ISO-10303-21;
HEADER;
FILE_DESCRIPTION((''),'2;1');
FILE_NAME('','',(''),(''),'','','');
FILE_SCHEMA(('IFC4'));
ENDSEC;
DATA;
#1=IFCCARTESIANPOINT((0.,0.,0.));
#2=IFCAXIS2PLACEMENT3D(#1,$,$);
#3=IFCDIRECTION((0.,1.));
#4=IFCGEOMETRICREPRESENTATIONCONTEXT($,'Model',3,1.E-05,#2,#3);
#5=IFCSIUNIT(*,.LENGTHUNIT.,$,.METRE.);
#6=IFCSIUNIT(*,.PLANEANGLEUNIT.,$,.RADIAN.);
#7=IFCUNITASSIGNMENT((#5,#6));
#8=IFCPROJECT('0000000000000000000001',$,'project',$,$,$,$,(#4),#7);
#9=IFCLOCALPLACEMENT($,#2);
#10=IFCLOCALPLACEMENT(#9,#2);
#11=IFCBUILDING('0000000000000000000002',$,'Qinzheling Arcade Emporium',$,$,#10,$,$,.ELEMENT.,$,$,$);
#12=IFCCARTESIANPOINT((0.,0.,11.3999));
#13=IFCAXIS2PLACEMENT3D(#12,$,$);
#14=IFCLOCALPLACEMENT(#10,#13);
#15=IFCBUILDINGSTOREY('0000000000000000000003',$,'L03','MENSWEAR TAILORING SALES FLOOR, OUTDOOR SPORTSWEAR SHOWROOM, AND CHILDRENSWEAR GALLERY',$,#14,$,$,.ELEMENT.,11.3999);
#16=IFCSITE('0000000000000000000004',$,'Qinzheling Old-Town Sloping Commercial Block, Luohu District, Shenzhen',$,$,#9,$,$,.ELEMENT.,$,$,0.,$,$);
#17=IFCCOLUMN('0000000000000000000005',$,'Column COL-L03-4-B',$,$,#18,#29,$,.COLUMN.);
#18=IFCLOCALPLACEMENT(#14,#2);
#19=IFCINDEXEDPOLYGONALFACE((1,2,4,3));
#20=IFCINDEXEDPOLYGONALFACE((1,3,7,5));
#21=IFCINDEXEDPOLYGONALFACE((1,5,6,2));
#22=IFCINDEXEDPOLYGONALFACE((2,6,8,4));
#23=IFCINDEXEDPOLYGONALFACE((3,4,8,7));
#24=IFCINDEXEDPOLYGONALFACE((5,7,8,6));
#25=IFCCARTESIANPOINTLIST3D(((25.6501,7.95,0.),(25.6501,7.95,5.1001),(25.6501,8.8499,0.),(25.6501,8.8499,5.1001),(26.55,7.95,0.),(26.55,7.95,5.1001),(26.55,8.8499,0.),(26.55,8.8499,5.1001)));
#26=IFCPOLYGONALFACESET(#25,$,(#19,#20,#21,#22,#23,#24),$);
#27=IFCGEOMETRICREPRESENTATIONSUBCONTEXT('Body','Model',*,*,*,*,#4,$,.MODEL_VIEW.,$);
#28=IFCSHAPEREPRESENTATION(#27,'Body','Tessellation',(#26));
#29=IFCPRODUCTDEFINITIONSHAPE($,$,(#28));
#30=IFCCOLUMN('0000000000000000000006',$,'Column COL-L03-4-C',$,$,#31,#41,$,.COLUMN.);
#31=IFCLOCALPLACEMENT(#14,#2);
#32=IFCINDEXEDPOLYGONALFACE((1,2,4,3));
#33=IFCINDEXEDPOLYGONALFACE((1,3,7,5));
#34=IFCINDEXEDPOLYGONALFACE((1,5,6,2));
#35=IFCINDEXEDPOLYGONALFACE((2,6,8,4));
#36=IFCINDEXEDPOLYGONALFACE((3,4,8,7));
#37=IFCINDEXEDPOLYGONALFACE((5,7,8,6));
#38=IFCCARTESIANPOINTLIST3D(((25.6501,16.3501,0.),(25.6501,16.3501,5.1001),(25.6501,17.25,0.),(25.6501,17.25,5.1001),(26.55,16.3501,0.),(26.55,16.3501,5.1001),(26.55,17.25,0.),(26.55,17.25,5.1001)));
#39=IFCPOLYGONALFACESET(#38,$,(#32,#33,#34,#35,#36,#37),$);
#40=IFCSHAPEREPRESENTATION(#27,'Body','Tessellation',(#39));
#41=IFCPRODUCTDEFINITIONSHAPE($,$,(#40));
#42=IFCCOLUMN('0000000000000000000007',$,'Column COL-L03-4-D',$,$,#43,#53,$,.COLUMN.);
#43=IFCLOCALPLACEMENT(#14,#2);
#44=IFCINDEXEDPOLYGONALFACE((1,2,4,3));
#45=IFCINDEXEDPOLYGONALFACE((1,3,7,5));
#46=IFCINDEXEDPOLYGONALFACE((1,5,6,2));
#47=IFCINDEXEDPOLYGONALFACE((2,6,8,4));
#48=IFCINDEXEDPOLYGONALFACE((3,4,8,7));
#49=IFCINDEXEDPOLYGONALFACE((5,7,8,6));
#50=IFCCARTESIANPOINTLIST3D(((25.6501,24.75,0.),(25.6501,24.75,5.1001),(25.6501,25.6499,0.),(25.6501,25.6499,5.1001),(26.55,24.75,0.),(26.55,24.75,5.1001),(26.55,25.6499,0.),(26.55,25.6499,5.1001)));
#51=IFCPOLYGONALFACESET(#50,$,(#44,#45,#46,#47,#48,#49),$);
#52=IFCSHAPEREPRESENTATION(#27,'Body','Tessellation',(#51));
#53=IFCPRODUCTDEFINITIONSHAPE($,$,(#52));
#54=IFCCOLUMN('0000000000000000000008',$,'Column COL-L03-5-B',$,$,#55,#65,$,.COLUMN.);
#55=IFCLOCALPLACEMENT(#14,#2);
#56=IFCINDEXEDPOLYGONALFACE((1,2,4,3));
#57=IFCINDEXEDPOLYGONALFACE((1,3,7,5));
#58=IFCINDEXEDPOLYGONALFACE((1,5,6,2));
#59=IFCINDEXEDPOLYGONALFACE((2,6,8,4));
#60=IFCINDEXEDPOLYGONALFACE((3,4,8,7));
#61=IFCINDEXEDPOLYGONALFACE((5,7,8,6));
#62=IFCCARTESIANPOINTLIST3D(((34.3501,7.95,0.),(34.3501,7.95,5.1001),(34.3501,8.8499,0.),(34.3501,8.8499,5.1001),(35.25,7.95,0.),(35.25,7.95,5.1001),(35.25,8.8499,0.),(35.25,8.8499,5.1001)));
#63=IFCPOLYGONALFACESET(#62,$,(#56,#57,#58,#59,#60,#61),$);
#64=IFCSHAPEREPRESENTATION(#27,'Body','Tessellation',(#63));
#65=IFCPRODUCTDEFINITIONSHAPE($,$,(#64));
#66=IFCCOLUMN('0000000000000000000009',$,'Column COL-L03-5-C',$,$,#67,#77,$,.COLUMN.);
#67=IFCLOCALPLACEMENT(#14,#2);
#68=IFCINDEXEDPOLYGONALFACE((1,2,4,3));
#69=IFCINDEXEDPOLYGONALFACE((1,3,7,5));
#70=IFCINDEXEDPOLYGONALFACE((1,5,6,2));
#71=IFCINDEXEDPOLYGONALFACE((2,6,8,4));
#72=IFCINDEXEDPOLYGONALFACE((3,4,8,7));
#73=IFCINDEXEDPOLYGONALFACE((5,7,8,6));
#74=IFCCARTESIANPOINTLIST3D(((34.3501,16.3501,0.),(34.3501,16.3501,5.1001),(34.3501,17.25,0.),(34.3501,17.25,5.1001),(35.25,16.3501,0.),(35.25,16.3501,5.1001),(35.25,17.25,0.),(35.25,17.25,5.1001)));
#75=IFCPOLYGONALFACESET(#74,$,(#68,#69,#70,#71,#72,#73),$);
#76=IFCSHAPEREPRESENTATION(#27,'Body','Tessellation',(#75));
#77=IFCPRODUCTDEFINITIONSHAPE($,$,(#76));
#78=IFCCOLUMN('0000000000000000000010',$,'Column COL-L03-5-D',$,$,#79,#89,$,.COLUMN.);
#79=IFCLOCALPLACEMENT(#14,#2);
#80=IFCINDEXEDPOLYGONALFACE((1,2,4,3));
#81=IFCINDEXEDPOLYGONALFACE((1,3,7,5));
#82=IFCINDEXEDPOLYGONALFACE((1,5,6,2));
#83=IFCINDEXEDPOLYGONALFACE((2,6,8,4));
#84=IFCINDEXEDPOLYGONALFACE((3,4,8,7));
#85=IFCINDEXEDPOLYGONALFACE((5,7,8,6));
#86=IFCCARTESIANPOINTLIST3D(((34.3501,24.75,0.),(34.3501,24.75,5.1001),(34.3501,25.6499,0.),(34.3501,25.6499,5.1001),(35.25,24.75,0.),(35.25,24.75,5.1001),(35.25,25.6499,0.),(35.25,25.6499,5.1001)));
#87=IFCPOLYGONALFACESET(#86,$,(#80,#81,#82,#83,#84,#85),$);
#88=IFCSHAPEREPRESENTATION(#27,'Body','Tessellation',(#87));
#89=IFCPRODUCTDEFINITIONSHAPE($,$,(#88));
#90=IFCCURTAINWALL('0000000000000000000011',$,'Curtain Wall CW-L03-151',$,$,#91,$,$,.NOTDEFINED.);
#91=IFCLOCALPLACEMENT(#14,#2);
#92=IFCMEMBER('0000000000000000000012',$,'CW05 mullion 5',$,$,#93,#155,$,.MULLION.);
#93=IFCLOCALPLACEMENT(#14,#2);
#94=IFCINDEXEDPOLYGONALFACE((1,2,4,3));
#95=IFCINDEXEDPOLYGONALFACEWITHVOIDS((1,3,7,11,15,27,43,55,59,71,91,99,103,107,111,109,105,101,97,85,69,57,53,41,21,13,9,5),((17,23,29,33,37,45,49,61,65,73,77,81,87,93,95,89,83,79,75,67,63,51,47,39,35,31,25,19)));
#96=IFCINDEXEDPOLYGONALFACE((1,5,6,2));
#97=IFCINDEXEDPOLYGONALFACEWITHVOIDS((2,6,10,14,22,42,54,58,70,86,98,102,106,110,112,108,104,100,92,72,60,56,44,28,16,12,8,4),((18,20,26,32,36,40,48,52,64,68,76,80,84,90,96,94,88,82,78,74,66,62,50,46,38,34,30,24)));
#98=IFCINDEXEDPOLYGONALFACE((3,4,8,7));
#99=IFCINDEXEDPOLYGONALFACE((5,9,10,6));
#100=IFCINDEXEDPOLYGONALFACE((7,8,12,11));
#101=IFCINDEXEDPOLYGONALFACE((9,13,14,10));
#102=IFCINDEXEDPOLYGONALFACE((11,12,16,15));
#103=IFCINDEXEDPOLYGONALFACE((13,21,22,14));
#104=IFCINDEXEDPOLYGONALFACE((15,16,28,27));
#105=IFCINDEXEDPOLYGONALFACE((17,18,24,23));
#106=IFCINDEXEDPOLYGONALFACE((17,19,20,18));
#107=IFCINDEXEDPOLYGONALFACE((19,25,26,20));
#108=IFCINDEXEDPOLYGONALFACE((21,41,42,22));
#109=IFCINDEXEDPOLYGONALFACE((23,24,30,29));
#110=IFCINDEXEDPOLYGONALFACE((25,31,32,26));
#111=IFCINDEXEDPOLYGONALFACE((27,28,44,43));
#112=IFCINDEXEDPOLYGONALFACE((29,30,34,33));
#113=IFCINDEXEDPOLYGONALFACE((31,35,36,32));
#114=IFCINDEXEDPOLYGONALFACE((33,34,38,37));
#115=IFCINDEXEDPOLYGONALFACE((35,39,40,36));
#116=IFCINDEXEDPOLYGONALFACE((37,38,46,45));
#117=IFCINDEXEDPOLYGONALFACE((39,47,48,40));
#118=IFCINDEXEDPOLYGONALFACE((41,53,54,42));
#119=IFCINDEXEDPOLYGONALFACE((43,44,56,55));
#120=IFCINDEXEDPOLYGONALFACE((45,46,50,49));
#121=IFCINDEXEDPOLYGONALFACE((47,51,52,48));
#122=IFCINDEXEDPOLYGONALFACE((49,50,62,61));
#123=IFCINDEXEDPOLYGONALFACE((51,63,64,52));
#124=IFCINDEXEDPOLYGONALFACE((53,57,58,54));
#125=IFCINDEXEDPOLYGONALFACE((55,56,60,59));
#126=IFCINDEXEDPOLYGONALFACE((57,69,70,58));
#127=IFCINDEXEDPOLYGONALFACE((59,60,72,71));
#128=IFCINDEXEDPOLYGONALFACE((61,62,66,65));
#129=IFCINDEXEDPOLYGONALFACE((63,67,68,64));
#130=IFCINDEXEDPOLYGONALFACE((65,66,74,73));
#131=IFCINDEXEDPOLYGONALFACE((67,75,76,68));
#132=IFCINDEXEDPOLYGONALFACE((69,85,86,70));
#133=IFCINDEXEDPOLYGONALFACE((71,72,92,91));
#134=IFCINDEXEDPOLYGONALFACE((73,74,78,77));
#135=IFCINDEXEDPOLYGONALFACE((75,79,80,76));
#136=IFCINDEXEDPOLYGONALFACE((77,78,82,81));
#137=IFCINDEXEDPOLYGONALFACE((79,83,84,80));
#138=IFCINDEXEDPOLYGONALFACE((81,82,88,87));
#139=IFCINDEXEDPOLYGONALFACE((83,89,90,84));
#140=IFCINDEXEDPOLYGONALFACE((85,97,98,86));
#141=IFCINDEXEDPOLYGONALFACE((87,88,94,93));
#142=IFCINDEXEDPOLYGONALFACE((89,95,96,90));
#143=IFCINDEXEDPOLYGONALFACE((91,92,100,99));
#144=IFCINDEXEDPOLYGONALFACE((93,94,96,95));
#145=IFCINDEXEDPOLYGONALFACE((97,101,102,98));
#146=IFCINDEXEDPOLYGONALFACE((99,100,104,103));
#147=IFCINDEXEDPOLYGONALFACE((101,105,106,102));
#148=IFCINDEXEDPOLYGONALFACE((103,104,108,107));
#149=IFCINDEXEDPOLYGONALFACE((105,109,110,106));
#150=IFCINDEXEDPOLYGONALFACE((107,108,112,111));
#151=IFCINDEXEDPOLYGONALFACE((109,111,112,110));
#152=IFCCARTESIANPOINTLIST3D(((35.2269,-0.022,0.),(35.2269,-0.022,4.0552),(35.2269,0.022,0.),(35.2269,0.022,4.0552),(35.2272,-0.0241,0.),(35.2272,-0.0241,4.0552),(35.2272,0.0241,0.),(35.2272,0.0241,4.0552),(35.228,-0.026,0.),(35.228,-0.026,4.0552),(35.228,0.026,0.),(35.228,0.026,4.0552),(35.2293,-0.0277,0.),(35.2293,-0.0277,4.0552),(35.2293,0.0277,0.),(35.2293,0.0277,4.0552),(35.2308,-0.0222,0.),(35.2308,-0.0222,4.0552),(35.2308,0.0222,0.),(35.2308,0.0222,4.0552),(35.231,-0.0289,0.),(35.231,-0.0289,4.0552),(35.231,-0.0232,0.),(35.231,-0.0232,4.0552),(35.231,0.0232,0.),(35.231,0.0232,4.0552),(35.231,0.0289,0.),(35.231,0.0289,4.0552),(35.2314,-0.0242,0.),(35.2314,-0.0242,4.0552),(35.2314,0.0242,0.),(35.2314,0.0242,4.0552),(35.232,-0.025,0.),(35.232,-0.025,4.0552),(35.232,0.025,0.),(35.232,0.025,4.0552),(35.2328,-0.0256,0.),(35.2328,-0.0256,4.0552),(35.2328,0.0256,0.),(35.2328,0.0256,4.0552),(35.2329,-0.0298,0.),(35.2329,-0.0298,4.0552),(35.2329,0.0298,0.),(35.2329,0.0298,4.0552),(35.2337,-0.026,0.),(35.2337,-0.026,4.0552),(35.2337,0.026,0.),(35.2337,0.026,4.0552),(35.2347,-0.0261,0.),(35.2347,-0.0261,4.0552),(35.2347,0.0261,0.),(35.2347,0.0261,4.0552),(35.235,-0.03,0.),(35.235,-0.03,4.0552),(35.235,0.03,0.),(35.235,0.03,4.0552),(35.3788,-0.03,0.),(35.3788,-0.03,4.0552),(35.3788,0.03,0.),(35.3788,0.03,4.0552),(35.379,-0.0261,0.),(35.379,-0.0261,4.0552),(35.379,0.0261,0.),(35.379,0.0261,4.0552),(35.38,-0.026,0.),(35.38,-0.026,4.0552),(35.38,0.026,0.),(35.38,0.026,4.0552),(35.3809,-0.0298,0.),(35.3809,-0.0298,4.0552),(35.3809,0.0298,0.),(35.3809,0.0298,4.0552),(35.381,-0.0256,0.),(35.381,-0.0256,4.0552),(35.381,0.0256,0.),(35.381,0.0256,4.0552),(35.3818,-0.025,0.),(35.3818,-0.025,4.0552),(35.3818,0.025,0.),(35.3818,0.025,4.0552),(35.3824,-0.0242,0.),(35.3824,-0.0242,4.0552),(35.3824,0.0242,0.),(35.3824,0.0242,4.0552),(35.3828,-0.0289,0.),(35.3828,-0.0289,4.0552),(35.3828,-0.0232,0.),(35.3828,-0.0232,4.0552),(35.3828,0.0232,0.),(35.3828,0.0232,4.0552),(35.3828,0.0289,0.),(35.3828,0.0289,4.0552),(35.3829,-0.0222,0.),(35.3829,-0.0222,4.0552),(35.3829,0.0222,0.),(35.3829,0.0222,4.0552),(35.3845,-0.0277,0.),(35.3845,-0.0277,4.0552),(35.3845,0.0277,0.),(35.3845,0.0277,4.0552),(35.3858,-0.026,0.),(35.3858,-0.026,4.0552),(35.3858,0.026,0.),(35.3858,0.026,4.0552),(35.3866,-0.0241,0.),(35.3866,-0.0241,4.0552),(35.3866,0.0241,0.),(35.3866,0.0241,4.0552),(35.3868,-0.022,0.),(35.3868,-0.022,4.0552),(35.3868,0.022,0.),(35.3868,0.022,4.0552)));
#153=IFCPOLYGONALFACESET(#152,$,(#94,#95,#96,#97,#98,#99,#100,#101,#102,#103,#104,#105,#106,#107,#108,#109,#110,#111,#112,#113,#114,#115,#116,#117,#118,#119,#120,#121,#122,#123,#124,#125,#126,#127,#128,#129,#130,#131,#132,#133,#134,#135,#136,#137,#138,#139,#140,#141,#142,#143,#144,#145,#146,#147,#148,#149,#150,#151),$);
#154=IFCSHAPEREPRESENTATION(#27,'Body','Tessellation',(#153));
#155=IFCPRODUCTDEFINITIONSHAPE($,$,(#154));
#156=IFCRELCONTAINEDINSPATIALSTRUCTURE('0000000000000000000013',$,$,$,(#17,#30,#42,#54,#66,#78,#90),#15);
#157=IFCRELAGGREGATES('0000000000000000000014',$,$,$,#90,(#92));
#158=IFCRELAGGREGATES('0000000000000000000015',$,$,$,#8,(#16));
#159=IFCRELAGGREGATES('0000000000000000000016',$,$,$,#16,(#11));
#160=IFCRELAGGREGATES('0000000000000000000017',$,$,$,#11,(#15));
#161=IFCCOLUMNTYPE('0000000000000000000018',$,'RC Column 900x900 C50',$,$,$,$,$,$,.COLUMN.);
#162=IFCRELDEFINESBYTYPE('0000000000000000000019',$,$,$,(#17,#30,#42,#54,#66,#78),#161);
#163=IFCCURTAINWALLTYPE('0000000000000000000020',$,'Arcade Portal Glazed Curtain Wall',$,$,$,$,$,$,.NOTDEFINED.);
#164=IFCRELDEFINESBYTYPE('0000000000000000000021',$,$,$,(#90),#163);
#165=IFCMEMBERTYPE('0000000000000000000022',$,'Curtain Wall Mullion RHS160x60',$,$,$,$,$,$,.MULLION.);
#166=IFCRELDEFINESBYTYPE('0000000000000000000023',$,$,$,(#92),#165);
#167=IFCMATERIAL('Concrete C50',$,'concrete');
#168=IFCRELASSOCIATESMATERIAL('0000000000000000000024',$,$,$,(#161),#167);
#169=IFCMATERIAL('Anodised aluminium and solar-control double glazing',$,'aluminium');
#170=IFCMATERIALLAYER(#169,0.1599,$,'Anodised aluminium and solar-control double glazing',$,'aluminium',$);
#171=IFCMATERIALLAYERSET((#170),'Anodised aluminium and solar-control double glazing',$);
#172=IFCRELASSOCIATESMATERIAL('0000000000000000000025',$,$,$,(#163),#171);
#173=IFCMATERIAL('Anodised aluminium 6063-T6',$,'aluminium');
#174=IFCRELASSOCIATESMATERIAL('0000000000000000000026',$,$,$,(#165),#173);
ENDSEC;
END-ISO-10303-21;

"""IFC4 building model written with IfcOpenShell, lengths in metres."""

from ifc_helpers import new_model, si_unit, direction, frame, origin, origin_2d, place, context, subcontext, project, spatial, rectangle, hollow_rectangle, extrude, material, layer, layer_set, material_profile, profile_set, type_object, element, aggregate, save


model = new_model("IFC4")

# Units and contexts
model_context = context("Model", 3, precision=1e-05, world=origin(), true_north=direction((0.0, 1.0)))
body_context = subcontext(model_context, "Body", "Model", "MODEL_VIEW")
ifc_project = project(units=[si_unit("LENGTHUNIT", "METRE"), si_unit("PLANEANGLEUNIT", "RADIAN")], contexts=[model_context])

# Site, building, storey
site_placement = place(None, origin())
site = spatial("IfcSite", under=ifc_project, at=site_placement, Name="Qinzheling Old-Town Sloping Commercial Block, Luohu District, Shenzhen", CompositionType="ELEMENT", RefElevation=0.0)
building_placement = place(site_placement, origin())
building = spatial("IfcBuilding", under=site, at=building_placement, Name="Qinzheling Arcade Emporium", CompositionType="ELEMENT")
storey_placement = place(building_placement, frame((0.0, 0.0, 11.3999)))
storey = spatial("IfcBuildingStorey", under=building, at=storey_placement, Name="L03", Description="MENSWEAR TAILORING SALES FLOOR, OUTDOOR SPORTSWEAR SHOWROOM, AND CHILDRENSWEAR GALLERY", CompositionType="ELEMENT", Elevation=11.3999)

# Columns
ifc_material_1 = material(Name="Concrete C50", Category="concrete")
ifc_material_profile_1 = material_profile(ifc_material_1, rectangle(XDim=0.8999, YDim=0.8999, at=origin_2d()), Name="RC 900x900", Category="concrete")
ifc_profile_set_1 = profile_set([ifc_material_profile_1], Name="Concrete C50")
column_type = type_object("IfcColumnType", Name="RC Column 900x900 C50", PredefinedType="COLUMN", material=ifc_profile_set_1)
for number, where, z_axis, x_axis, name in (
    (1, (26.1001, 8.3999, 0.0), (0.0, 0.0, 1.0), (1.0, 0.0, 0.0), "Column COL-L03-4-B"),
    (2, (26.1001, 16.8, 0.0), (0.0, 0.0, 1.0), (1.0, 0.0, 0.0), "Column COL-L03-4-C"),
    (3, (26.1001, 25.2, 0.0), (0.0, 0.0, 1.0), (1.0, 0.0, 0.0), "Column COL-L03-4-D"),
    (4, (34.8, 8.3999, 0.0), (0.0, 0.0, 1.0), (1.0, 0.0, 0.0), "Column COL-L03-5-B"),
    (5, (34.8, 16.8, 0.0), (0.0, 0.0, 1.0), (1.0, 0.0, 0.0), "Column COL-L03-5-C"),
    (6, (34.8, 25.2, 0.0), (0.0, 0.0, 1.0), (1.0, 0.0, 0.0), "Column COL-L03-5-D"),
):
    element("IfcColumn", number, at=place(storey_placement, frame(where, z_axis=z_axis, x_axis=x_axis)), inside=storey, type_object=column_type, Name=name, PredefinedType="COLUMN", context=body_context, shape_type="SweptSolid", body=[
        extrude(rectangle(XDim=0.8999, YDim=0.8999, at=origin_2d()), origin(), (0.0, 0.0, 1.0), 5.1001),
    ])

# Curtain wall, member
ifc_material_2 = material(Name="Anodised aluminium and solar-control double glazing", Category="aluminium")
ifc_layer_1 = layer(ifc_material_2, 0.1599, Name="Anodised aluminium and solar-control double glazing", Category="aluminium")
ifc_layer_set_1 = layer_set([ifc_layer_1], Name="Anodised aluminium and solar-control double glazing")
curtain_wall_type_1 = type_object("IfcCurtainWallType", Name="Arcade Portal Glazed Curtain Wall", PredefinedType="NOTDEFINED", material=ifc_layer_set_1)
curtain_wall_1_placement = place(storey_placement, origin())
curtain_wall_1 = element("IfcCurtainWall", 7, at=curtain_wall_1_placement, inside=storey, type_object=curtain_wall_type_1, Name="Curtain Wall CW-L03-151", PredefinedType="NOTDEFINED")
ifc_material_3 = material(Name="Anodised aluminium 6063-T6", Category="aluminium")
ifc_material_profile_2 = material_profile(ifc_material_3, hollow_rectangle(XDim=0.0601, YDim=0.1599, WallThickness=0.0039, InnerFilletRadius=0.0039, OuterFilletRadius=0.0081, at=origin_2d()), Name="RHS 160x60x4", Category="aluminium")
ifc_profile_set_2 = profile_set([ifc_material_profile_2], Name="Anodised aluminium 6063-T6")
member_type_1 = type_object("IfcMemberType", Name="Curtain Wall Mullion RHS160x60", PredefinedType="MULLION", material=ifc_profile_set_2)
member_1_placement = place(storey_placement, frame((35.3069, 0.0, 0.0), z_axis=(0.0, 0.0, 1.0), x_axis=(0.0, -1.0, 0.0)))
member_1 = element("IfcMember", 8, at=member_1_placement, type_object=member_type_1, Name="CW05 mullion 5", PredefinedType="MULLION", context=body_context, shape_type="SweptSolid", body=[
    extrude(hollow_rectangle(XDim=0.0601, YDim=0.1599, WallThickness=0.0039, InnerFilletRadius=0.0039, OuterFilletRadius=0.0081, at=origin_2d()), origin(), (0.0, 0.0, 1.0), 4.0552),
])

aggregate(curtain_wall_1, [member_1])

save(model, "model.ifc")
